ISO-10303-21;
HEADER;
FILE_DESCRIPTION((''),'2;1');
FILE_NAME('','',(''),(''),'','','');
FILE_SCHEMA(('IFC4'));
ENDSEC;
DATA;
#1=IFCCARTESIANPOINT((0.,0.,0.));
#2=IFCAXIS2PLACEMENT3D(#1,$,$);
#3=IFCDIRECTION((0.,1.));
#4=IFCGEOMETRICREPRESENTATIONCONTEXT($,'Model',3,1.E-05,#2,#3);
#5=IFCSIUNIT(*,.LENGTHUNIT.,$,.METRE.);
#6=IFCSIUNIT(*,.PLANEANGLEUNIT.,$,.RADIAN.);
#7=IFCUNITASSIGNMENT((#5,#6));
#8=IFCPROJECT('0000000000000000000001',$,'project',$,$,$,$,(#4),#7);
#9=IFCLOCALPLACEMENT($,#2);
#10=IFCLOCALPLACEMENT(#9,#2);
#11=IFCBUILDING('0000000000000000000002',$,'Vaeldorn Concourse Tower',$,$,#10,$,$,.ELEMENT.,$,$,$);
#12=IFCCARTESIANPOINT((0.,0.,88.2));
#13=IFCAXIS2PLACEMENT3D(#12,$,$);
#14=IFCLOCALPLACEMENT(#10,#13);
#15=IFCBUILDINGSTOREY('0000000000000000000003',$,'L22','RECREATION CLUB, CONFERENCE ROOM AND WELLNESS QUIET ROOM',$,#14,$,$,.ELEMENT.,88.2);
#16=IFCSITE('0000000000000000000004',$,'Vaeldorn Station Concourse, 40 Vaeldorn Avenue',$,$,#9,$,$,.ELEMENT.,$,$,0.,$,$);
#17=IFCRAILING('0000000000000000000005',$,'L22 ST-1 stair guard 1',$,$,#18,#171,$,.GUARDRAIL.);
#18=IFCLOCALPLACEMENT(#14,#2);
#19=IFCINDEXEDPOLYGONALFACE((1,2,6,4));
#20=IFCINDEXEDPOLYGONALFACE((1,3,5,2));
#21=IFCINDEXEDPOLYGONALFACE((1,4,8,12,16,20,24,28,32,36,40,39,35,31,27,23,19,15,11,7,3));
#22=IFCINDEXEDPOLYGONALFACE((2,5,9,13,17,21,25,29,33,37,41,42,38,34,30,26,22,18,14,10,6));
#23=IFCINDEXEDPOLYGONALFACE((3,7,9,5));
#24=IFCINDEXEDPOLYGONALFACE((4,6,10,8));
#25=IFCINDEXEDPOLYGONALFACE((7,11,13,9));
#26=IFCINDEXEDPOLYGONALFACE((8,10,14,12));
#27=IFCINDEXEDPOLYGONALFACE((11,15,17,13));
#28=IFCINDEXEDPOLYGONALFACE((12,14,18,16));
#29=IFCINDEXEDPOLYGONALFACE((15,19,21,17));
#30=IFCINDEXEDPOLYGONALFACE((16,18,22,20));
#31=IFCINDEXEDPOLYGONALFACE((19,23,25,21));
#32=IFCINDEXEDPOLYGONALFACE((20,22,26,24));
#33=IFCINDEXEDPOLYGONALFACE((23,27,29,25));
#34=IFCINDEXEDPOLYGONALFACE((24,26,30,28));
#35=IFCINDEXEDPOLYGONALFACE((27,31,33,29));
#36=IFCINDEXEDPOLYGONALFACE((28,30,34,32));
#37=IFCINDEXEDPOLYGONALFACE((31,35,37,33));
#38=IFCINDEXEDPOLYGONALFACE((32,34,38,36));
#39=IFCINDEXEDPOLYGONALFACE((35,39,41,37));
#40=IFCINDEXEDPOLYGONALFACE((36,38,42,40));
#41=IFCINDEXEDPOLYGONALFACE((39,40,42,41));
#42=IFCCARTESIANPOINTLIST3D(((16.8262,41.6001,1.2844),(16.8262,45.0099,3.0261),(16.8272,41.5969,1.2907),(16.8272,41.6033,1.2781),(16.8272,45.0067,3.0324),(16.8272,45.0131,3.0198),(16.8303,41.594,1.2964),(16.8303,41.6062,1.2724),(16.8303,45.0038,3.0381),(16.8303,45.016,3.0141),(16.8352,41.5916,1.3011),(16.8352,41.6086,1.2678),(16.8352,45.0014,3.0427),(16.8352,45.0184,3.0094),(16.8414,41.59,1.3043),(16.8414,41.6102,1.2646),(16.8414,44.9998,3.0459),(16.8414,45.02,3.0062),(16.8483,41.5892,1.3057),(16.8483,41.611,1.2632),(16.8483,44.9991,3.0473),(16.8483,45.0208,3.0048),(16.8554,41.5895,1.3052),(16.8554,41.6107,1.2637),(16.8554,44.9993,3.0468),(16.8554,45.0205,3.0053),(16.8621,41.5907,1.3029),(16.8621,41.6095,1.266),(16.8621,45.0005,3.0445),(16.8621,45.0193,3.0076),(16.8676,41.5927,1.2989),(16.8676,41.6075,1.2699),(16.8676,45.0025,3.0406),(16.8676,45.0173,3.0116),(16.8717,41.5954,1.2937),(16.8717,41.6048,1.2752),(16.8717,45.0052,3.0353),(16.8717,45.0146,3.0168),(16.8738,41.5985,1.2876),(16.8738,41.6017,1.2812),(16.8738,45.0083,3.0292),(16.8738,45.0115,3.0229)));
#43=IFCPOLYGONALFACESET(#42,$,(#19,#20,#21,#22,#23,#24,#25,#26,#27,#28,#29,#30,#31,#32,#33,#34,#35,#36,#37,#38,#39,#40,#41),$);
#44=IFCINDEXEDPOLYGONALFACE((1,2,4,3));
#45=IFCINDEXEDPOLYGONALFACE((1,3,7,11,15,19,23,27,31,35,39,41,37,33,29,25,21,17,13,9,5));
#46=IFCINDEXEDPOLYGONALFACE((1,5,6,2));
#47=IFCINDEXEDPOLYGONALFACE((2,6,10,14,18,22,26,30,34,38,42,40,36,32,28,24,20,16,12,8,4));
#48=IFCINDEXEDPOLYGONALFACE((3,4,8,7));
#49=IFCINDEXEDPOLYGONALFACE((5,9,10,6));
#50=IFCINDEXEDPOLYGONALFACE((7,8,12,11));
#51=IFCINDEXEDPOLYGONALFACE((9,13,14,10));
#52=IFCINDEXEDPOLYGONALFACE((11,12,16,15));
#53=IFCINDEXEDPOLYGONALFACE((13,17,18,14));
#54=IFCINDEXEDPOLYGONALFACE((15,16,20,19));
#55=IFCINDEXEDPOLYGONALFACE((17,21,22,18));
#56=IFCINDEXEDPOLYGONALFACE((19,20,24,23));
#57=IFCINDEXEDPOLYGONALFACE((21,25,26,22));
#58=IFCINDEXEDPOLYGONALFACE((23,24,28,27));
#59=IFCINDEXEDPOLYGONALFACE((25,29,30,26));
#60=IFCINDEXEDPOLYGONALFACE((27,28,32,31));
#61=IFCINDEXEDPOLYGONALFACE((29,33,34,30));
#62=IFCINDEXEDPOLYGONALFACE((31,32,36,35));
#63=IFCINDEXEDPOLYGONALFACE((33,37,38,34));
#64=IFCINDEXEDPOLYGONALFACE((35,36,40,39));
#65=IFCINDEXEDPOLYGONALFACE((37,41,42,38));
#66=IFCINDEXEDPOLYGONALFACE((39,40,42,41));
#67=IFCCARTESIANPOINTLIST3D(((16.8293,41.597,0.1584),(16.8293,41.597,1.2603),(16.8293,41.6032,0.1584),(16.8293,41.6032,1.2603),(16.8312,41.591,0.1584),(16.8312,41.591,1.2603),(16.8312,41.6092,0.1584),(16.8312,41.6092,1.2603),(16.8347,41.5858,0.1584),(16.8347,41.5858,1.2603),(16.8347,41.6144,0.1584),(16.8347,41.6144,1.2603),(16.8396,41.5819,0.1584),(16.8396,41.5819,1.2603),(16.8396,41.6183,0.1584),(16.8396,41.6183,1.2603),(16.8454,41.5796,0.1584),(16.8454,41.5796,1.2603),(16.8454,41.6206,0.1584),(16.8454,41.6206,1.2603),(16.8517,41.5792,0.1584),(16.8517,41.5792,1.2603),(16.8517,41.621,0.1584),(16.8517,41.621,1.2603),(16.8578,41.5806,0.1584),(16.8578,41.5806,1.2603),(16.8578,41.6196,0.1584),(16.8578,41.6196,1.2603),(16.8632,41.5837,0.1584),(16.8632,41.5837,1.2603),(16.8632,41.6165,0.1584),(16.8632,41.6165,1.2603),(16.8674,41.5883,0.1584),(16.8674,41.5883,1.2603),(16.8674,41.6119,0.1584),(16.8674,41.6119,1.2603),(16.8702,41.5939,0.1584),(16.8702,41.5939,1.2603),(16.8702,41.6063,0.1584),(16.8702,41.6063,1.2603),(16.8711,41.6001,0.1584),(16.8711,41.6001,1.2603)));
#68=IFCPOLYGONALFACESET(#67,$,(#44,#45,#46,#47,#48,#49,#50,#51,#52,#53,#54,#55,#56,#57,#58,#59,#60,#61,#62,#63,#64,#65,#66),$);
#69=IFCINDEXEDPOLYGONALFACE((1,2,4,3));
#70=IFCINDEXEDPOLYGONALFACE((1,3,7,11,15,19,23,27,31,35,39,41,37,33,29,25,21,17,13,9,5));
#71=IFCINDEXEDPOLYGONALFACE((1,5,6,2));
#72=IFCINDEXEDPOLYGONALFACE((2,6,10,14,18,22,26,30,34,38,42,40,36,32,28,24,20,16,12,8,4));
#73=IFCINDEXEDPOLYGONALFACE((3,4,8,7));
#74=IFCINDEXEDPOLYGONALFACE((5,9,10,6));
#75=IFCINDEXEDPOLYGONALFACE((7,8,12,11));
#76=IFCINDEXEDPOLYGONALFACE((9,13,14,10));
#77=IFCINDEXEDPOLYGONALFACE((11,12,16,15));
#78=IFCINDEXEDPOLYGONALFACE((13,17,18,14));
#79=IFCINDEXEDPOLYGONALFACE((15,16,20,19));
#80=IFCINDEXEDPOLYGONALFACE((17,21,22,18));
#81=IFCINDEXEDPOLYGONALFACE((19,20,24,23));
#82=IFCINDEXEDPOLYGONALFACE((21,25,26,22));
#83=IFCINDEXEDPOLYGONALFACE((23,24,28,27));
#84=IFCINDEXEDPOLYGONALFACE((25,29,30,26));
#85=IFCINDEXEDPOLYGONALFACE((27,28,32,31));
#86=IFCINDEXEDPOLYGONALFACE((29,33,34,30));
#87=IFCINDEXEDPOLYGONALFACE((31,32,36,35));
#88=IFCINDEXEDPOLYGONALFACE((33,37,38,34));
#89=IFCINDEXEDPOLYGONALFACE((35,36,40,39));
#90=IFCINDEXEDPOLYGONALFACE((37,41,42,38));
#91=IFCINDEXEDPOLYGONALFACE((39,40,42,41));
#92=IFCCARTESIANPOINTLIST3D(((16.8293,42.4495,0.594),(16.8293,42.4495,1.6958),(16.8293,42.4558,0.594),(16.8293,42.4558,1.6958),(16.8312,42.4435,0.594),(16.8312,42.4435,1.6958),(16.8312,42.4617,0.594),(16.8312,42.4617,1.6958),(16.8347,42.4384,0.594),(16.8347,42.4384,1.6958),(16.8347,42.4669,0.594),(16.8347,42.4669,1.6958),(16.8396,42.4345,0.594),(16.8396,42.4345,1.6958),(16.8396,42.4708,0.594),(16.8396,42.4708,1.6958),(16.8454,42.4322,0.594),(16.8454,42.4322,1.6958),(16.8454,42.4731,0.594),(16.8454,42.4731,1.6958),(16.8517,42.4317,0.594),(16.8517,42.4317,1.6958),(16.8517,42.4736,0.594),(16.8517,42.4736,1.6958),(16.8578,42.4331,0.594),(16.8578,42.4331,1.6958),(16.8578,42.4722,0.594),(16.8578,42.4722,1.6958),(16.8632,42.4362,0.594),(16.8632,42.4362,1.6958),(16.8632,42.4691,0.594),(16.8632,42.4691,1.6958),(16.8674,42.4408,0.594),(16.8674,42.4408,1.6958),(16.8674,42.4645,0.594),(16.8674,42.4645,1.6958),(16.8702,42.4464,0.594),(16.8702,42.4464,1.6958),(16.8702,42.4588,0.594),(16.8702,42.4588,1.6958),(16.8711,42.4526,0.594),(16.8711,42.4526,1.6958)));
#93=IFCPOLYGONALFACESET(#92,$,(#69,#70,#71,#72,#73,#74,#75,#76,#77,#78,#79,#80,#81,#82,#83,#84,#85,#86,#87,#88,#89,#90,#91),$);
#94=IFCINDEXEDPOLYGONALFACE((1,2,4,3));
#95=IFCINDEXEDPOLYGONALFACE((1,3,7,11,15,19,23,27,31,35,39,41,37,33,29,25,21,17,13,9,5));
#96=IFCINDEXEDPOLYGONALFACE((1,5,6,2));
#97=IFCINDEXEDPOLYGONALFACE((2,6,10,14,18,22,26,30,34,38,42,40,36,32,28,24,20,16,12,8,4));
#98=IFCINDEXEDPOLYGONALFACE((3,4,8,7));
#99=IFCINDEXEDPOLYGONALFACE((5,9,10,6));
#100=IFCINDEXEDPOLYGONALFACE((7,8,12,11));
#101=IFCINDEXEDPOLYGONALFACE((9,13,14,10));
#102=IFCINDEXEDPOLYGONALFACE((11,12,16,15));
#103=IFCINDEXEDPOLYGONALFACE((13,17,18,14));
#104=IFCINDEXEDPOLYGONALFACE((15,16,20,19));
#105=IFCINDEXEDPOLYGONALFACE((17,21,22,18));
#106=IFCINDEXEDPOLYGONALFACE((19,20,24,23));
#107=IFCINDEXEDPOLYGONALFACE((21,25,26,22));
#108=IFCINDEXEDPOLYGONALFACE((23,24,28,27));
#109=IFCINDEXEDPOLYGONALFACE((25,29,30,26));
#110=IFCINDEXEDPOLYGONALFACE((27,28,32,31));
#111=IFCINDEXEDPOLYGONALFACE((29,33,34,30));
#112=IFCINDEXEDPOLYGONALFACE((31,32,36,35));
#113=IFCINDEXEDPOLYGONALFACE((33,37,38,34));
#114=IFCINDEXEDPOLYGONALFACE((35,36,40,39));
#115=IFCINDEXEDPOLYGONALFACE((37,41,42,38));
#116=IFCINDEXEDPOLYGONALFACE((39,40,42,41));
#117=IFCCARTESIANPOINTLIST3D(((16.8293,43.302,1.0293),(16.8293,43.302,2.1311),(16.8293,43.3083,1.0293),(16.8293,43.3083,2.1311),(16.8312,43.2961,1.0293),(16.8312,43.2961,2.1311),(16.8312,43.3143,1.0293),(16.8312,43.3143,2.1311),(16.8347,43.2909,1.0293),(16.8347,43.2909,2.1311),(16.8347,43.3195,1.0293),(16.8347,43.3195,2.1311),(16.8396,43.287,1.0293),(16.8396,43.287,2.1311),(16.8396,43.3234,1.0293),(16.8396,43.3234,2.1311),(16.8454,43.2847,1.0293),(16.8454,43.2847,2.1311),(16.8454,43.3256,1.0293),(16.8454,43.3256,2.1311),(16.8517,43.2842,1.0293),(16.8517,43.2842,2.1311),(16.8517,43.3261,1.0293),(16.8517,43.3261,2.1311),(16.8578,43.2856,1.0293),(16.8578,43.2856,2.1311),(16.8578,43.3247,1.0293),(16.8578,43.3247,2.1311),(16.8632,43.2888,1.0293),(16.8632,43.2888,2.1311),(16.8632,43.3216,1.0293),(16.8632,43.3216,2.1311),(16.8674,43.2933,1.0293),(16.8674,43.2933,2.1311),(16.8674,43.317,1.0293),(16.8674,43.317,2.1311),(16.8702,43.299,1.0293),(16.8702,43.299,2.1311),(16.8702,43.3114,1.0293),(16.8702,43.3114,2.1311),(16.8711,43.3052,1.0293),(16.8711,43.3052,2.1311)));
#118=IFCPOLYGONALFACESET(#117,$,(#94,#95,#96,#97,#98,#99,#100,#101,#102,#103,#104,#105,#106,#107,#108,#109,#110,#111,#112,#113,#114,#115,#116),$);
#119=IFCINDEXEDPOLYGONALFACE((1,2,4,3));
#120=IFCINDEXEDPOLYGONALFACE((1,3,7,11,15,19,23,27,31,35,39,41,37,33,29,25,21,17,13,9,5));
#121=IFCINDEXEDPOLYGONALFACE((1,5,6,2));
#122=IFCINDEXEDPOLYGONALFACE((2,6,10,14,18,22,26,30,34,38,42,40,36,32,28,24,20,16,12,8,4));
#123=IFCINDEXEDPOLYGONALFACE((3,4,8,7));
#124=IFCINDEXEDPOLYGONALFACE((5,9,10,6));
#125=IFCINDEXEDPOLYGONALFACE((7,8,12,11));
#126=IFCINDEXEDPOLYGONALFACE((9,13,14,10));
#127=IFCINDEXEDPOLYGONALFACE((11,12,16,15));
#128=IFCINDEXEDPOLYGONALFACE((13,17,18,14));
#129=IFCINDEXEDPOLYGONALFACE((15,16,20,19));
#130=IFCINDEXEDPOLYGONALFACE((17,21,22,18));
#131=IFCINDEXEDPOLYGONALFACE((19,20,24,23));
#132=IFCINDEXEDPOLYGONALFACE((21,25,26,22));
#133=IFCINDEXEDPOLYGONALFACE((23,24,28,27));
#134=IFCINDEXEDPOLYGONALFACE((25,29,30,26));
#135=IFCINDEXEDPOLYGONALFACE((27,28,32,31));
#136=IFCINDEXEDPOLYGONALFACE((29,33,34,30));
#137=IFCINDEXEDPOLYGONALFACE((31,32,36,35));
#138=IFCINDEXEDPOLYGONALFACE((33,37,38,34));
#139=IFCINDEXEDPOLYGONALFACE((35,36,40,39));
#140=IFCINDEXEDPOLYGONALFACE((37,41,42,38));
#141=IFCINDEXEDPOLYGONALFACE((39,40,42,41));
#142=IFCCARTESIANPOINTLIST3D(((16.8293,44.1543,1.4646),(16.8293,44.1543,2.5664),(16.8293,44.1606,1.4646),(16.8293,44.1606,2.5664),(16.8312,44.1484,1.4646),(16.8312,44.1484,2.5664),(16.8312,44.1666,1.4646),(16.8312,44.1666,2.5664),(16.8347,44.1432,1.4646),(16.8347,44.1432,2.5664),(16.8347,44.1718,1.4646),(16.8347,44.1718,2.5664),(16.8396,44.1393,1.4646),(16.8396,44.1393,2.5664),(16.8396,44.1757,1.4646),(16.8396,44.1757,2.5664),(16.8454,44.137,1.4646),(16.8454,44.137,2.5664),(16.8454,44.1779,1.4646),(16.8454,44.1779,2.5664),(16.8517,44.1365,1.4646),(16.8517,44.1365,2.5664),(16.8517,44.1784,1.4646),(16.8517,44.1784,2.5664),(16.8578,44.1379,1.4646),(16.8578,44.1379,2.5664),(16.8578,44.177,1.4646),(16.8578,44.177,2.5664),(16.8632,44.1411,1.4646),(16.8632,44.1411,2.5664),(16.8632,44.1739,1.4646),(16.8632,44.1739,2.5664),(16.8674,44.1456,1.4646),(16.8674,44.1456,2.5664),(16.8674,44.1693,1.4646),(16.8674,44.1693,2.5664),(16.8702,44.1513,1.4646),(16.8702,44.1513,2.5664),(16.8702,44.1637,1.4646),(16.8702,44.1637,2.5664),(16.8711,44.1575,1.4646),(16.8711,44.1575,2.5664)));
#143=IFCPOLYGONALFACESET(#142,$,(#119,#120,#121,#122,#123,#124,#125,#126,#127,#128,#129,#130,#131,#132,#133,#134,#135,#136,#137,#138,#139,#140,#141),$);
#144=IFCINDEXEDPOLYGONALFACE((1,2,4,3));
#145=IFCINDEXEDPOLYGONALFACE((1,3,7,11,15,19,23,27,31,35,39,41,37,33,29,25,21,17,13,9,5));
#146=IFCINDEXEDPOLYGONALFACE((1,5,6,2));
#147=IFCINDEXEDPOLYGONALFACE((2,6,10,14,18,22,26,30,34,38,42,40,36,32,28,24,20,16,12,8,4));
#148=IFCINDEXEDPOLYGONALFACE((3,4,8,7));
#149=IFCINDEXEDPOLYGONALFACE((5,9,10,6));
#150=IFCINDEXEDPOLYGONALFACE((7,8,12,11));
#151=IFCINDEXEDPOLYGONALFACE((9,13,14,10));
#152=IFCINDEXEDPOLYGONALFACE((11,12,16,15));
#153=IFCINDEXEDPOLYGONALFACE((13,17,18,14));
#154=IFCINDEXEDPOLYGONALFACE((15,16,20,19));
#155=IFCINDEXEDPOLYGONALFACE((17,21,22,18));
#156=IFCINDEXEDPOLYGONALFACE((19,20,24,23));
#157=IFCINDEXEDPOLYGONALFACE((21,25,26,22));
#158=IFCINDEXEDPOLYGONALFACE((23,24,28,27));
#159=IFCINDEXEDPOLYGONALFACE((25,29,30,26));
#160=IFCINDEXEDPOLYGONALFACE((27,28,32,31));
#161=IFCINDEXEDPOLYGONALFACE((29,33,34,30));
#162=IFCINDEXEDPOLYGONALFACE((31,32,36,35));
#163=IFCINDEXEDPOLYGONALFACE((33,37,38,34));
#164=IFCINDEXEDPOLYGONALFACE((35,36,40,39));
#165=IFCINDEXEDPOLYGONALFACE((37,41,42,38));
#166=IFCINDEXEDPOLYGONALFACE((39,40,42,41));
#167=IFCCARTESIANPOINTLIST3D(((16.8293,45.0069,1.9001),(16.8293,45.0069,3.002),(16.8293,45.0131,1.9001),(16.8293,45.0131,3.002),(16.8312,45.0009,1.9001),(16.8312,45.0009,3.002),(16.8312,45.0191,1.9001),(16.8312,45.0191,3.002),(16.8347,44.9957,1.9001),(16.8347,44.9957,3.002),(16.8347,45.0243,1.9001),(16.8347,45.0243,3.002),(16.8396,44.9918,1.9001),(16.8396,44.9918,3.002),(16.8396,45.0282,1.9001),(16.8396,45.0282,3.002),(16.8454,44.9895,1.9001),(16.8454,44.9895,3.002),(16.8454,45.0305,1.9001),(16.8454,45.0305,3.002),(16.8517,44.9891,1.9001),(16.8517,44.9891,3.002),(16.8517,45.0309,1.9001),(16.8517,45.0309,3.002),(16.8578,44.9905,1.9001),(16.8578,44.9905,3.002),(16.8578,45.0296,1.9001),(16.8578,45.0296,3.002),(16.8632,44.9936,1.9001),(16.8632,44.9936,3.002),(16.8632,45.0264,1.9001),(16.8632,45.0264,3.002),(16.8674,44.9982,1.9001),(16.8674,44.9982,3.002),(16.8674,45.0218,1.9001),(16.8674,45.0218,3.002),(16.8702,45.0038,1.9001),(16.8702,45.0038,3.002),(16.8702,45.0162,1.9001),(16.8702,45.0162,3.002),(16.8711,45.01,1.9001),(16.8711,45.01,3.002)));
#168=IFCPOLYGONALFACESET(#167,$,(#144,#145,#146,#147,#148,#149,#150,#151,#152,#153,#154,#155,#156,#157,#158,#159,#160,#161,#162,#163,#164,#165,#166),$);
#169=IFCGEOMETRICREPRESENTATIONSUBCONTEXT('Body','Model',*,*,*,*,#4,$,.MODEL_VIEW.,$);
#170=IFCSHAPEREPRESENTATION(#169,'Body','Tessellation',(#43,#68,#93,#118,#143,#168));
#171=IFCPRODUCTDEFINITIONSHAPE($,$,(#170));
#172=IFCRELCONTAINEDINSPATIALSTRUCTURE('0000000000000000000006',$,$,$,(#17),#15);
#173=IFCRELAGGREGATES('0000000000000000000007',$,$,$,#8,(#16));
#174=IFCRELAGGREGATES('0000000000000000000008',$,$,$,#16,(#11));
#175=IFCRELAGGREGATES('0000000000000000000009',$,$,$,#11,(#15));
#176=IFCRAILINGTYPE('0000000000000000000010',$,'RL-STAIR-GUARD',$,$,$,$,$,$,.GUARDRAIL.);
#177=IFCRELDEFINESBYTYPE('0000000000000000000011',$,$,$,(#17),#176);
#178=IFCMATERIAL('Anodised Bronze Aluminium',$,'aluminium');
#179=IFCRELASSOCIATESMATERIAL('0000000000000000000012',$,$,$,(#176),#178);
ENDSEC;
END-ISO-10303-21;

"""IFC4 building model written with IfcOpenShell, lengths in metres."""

from ifc_helpers import new_model, si_unit, direction, frame, origin, origin_2d, place, context, subcontext, project, spatial, circle, extrude, material, type_object, element, save


model = new_model("IFC4")

# Units and contexts
model_context = context("Model", 3, precision=1e-05, world=origin(), true_north=direction((0.0, 1.0)))
body_context = subcontext(model_context, "Body", "Model", "MODEL_VIEW")
ifc_project = project(units=[si_unit("LENGTHUNIT", "METRE"), si_unit("PLANEANGLEUNIT", "RADIAN")], contexts=[model_context])

# Site, building, storey
site_placement = place(None, origin())
site = spatial("IfcSite", under=ifc_project, at=site_placement, Name="Vaeldorn Station Concourse, 40 Vaeldorn Avenue", CompositionType="ELEMENT", RefElevation=0.0)
building_placement = place(site_placement, origin())
building = spatial("IfcBuilding", under=site, at=building_placement, Name="Vaeldorn Concourse Tower", CompositionType="ELEMENT")
storey_placement = place(building_placement, frame((0.0, 0.0, 88.2)))
storey = spatial("IfcBuildingStorey", under=building, at=storey_placement, Name="L22", Description="RECREATION CLUB, CONFERENCE ROOM AND WELLNESS QUIET ROOM", CompositionType="ELEMENT", Elevation=88.2)

# Shared definitions
ifc_material_1 = material(Name="Anodised Bronze Aluminium", Category="aluminium")

# Railing
railing_type = type_object("IfcRailingType", Name="RL-STAIR-GUARD", PredefinedType="GUARDRAIL", material=ifc_material_1)
railing_1_placement = place(storey_placement, frame((16.8501, 41.6001, 0.1584)))
element("IfcRailing", 1, at=railing_1_placement, inside=storey, type_object=railing_type, Name="L22 ST-1 stair guard 1", PredefinedType="GUARDRAIL", context=body_context, shape_type="SweptSolid", body=[
    extrude(circle(Radius=0.0239, at=origin_2d()), frame((0.0, 0.0, 1.126), z_axis=(0.0, 0.890556, 0.454874), x_axis=(-1.0, 0.0, 0.0)), (0.0, 0.0, 1.0), 3.8289),
    extrude(circle(Radius=0.021, at=origin_2d()), origin(), (0.0, 0.0, 1.0), 1.1018),
    extrude(circle(Radius=0.021, at=origin_2d()), frame((0.0, 0.8525, 0.4355)), (0.0, 0.0, 1.0), 1.1018),
    extrude(circle(Radius=0.021, at=origin_2d()), frame((0.0, 1.7051, 0.8708)), (0.0, 0.0, 1.0), 1.1018),
    extrude(circle(Radius=0.021, at=origin_2d()), frame((0.0, 2.5574, 1.3062)), (0.0, 0.0, 1.0), 1.1018),
    extrude(circle(Radius=0.021, at=origin_2d()), frame((0.0, 3.4099, 1.7417)), (0.0, 0.0, 1.0), 1.1018),
])

save(model, "model.ifc")
